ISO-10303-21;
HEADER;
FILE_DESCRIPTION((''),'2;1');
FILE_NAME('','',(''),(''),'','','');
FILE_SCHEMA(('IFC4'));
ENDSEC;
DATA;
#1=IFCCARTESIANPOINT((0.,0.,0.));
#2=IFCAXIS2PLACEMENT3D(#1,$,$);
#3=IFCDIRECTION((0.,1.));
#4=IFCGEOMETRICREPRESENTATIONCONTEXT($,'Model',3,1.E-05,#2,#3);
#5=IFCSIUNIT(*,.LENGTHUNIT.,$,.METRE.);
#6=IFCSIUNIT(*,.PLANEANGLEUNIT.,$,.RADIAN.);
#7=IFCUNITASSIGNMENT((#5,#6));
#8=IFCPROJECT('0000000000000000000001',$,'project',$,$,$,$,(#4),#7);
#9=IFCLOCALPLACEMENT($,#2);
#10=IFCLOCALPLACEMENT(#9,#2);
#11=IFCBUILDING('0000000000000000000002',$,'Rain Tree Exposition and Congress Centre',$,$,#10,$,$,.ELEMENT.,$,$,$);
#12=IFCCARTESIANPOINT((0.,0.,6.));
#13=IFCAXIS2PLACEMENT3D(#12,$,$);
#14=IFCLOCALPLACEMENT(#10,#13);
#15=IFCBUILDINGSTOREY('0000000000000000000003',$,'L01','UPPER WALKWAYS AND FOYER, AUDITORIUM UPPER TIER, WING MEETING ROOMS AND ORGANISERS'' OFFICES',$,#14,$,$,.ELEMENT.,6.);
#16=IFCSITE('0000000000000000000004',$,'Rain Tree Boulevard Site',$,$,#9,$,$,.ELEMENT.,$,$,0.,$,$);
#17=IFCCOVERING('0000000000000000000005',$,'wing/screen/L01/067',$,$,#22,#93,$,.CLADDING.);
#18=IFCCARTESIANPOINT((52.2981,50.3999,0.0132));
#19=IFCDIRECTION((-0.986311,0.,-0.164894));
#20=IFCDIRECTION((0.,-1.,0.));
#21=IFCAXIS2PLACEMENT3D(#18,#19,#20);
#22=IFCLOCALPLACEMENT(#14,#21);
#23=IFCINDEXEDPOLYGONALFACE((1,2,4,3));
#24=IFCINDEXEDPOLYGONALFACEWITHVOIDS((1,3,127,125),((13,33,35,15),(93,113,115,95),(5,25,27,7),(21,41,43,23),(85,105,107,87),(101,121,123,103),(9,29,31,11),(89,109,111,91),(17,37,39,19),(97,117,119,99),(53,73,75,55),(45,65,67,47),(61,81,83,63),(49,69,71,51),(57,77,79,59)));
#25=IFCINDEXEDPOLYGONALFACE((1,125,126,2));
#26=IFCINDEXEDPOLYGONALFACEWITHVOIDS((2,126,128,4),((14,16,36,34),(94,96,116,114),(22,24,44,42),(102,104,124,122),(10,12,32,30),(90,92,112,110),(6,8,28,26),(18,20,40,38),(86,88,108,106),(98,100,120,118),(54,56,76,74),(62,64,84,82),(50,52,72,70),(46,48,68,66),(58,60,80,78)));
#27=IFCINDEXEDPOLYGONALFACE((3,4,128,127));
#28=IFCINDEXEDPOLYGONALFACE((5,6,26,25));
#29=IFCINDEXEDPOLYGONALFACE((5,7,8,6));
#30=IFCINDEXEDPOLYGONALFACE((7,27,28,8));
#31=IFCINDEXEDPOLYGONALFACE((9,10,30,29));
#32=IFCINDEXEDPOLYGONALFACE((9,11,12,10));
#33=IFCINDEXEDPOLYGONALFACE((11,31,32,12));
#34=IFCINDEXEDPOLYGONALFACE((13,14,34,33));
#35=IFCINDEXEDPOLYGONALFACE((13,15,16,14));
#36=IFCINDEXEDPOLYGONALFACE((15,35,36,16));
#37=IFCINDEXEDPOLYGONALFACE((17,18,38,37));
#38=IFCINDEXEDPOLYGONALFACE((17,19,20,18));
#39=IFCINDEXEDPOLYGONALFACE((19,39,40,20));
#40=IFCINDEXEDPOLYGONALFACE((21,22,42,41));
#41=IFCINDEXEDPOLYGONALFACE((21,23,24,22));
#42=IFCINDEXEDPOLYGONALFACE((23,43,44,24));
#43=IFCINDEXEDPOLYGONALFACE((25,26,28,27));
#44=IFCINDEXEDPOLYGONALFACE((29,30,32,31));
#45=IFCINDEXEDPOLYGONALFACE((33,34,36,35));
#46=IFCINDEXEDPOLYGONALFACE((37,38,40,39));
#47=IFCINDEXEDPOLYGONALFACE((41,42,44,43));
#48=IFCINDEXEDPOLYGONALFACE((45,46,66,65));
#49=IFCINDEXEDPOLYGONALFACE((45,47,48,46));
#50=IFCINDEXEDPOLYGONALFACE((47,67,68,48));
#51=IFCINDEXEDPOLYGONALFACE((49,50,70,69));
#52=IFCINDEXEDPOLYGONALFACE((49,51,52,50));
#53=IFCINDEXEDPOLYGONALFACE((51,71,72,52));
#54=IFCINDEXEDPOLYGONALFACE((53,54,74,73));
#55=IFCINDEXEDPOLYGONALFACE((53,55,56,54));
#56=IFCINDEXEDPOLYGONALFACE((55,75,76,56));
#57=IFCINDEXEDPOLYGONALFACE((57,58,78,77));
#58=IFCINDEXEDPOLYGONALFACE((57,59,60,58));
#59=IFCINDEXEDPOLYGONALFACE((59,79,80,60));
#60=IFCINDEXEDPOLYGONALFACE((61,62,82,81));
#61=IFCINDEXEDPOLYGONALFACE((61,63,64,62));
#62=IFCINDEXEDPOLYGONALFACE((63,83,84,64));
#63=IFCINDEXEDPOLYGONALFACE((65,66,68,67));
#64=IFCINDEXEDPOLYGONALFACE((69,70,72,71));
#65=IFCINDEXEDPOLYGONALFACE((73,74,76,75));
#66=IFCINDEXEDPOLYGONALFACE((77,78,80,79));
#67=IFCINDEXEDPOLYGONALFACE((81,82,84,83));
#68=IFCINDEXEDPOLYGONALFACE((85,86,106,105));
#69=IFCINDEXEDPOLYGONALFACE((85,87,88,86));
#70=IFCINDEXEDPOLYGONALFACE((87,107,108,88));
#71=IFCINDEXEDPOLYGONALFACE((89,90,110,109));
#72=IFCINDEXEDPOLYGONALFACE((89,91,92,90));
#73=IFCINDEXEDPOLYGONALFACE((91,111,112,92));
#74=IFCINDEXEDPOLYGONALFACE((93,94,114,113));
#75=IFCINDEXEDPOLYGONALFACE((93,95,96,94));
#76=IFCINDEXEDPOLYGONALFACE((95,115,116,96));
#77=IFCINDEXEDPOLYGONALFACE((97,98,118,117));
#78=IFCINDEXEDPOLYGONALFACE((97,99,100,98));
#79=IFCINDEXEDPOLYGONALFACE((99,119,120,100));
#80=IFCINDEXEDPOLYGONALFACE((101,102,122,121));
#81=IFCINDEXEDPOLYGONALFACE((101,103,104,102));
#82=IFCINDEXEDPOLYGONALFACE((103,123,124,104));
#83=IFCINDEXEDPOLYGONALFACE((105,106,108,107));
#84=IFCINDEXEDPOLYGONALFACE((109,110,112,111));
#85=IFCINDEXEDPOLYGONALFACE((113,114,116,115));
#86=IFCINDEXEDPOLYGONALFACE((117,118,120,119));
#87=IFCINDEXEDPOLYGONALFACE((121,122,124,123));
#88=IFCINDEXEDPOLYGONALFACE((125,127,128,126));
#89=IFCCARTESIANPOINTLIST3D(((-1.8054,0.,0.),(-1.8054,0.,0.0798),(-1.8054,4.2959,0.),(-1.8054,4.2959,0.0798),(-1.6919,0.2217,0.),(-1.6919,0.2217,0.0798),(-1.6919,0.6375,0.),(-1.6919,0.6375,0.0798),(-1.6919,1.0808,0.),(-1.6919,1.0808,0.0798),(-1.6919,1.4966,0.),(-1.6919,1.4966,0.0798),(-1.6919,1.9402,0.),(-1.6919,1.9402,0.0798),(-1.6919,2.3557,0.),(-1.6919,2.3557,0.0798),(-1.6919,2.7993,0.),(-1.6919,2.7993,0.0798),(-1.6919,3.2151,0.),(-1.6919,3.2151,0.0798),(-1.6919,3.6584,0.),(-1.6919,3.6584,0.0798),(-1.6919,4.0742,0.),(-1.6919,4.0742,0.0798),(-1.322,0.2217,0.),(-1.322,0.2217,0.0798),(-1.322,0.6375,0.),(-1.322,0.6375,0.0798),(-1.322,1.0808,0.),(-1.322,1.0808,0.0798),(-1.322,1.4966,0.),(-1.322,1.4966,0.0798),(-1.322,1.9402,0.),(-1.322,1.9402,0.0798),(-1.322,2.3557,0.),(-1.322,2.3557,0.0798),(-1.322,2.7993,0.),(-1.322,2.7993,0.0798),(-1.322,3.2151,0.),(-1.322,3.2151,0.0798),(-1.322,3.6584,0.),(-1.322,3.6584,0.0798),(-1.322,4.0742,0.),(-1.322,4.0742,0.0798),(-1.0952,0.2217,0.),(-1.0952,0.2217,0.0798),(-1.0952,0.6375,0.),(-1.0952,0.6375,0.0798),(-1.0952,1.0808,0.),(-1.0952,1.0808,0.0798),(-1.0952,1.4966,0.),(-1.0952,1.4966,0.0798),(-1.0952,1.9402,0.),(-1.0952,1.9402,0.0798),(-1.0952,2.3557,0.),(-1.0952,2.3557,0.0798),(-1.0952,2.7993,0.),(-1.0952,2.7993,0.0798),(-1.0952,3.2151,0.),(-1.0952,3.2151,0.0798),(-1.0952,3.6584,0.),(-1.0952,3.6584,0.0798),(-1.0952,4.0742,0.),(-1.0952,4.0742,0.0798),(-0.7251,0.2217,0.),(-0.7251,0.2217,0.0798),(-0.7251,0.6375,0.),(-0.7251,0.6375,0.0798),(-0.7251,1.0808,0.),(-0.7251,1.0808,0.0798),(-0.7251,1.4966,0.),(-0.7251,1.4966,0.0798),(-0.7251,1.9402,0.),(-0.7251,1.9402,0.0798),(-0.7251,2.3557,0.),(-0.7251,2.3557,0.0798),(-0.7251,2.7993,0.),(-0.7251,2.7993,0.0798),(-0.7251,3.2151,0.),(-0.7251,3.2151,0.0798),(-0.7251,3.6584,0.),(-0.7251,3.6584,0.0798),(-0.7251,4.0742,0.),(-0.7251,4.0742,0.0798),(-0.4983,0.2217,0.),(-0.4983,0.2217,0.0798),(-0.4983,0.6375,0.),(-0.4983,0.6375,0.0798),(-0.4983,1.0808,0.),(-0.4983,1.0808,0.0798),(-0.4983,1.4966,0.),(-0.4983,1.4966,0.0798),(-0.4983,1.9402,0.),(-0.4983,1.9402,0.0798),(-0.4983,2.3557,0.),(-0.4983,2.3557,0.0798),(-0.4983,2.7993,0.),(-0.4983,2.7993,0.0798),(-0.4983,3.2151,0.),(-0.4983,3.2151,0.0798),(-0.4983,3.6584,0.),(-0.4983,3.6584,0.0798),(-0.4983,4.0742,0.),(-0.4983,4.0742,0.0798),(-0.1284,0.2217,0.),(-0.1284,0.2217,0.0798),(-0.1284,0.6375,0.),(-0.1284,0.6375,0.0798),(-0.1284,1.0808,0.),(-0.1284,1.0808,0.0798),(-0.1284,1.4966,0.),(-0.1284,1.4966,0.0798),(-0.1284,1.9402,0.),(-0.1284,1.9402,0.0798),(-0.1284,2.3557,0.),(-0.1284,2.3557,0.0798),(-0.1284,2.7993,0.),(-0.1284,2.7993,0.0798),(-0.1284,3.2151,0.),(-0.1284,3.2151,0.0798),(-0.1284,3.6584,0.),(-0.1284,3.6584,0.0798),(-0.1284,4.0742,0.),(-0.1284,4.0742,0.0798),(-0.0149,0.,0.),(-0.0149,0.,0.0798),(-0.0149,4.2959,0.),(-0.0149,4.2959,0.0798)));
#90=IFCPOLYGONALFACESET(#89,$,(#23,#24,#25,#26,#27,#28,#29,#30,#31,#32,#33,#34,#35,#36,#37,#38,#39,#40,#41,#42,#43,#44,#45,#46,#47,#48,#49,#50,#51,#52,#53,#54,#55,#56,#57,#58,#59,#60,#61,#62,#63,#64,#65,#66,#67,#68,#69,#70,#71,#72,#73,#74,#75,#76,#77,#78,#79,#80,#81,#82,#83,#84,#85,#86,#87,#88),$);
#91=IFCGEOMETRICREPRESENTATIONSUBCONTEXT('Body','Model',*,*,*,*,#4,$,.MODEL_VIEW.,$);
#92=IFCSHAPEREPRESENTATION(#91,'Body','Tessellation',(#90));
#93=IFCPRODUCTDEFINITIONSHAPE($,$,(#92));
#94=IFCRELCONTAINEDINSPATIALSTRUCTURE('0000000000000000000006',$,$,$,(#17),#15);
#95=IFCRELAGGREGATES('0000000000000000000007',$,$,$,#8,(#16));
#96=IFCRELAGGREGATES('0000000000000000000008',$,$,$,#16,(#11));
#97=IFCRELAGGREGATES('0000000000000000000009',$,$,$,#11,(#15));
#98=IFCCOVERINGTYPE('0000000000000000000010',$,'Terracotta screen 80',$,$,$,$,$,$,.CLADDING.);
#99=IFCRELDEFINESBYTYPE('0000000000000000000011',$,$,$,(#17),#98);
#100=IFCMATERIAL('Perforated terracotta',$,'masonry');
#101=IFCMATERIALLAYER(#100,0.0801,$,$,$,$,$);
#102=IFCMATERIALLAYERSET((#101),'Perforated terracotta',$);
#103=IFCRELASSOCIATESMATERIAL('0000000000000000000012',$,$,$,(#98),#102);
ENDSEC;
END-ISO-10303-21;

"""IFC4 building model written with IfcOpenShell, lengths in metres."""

from ifc_helpers import new_model, si_unit, direction, frame, origin, place, context, subcontext, project, spatial, polyline, outline, extrude, material, layer, layer_set, type_object, element, save


model = new_model("IFC4")

# Units and contexts
model_context = context("Model", 3, precision=1e-05, world=origin(), true_north=direction((0.0, 1.0)))
body_context = subcontext(model_context, "Body", "Model", "MODEL_VIEW")
ifc_project = project(units=[si_unit("LENGTHUNIT", "METRE"), si_unit("PLANEANGLEUNIT", "RADIAN")], contexts=[model_context])

# Site, building, storey
site_placement = place(None, origin())
site = spatial("IfcSite", under=ifc_project, at=site_placement, Name="Rain Tree Boulevard Site", CompositionType="ELEMENT", RefElevation=0.0)
building_placement = place(site_placement, origin())
building = spatial("IfcBuilding", under=site, at=building_placement, Name="Rain Tree Exposition and Congress Centre", CompositionType="ELEMENT")
storey_placement = place(building_placement, frame((0.0, 0.0, 6.0)))
storey = spatial("IfcBuildingStorey", under=building, at=storey_placement, Name="L01", Description="UPPER WALKWAYS AND FOYER, AUDITORIUM UPPER TIER, WING MEETING ROOMS AND ORGANISERS' OFFICES", CompositionType="ELEMENT", Elevation=6.0)

# Covering
ifc_material_1 = material(Name="Perforated terracotta", Category="masonry")
ifc_layer_1 = layer(ifc_material_1, 0.0801)
ifc_layer_set_1 = layer_set([ifc_layer_1], Name="Perforated terracotta")
covering_type = type_object("IfcCoveringType", Name="Terracotta screen 80", PredefinedType="CLADDING", material=ifc_layer_set_1)
covering_1_placement = place(storey_placement, frame((52.2981, 50.3999, 0.0132), z_axis=(-0.986311, 0.0, -0.164894), x_axis=(0.0, -1.0, 0.0)))
element("IfcCovering", 1, at=covering_1_placement, inside=storey, type_object=covering_type, Name="wing/screen/L01/067", PredefinedType="CLADDING", context=body_context, shape_type="SweptSolid", body=[
    extrude(outline(polyline([(-1.8054, 0.0), (-1.8054, 4.2959), (-0.0149, 4.2959), (-0.0149, 0.0), (-1.8054, 0.0)]), holes=[polyline([(-0.1284, 0.2217), (-0.1284, 0.6375), (-0.4983, 0.6375), (-0.4983, 0.2217), (-0.1284, 0.2217)]), polyline([(-0.1284, 1.0808), (-0.1284, 1.4966), (-0.4983, 1.4966), (-0.4983, 1.0808), (-0.1284, 1.0808)]), polyline([(-0.1284, 1.9402), (-0.1284, 2.3557), (-0.4983, 2.3557), (-0.4983, 1.9402), (-0.1284, 1.9402)]), polyline([(-0.1284, 2.7993), (-0.1284, 3.2151), (-0.4983, 3.2151), (-0.4983, 2.7993), (-0.1284, 2.7993)]), polyline([(-0.1284, 3.6584), (-0.1284, 4.0742), (-0.4983, 4.0742), (-0.4983, 3.6584), (-0.1284, 3.6584)]), polyline([(-0.7251, 0.2217), (-0.7251, 0.6375), (-1.0952, 0.6375), (-1.0952, 0.2217), (-0.7251, 0.2217)]), polyline([(-0.7251, 1.0808), (-0.7251, 1.4966), (-1.0952, 1.4966), (-1.0952, 1.0808), (-0.7251, 1.0808)]), polyline([(-0.7251, 1.9402), (-0.7251, 2.3557), (-1.0952, 2.3557), (-1.0952, 1.9402), (-0.7251, 1.9402)]), polyline([(-0.7251, 2.7993), (-0.7251, 3.2151), (-1.0952, 3.2151), (-1.0952, 2.7993), (-0.7251, 2.7993)]), polyline([(-0.7251, 3.6584), (-0.7251, 4.0742), (-1.0952, 4.0742), (-1.0952, 3.6584), (-0.7251, 3.6584)]), polyline([(-1.322, 0.2217), (-1.322, 0.6375), (-1.6919, 0.6375), (-1.6919, 0.2217), (-1.322, 0.2217)]), polyline([(-1.322, 1.0808), (-1.322, 1.4966), (-1.6919, 1.4966), (-1.6919, 1.0808), (-1.322, 1.0808)]), polyline([(-1.322, 1.9402), (-1.322, 2.3557), (-1.6919, 2.3557), (-1.6919, 1.9402), (-1.322, 1.9402)]), polyline([(-1.322, 2.7993), (-1.322, 3.2151), (-1.6919, 3.2151), (-1.6919, 2.7993), (-1.322, 2.7993)]), polyline([(-1.322, 3.6584), (-1.322, 4.0742), (-1.6919, 4.0742), (-1.6919, 3.6584), (-1.322, 3.6584)])]), origin(), (0.0, 0.0, 1.0), 0.0798),
])

save(model, "model.ifc")
